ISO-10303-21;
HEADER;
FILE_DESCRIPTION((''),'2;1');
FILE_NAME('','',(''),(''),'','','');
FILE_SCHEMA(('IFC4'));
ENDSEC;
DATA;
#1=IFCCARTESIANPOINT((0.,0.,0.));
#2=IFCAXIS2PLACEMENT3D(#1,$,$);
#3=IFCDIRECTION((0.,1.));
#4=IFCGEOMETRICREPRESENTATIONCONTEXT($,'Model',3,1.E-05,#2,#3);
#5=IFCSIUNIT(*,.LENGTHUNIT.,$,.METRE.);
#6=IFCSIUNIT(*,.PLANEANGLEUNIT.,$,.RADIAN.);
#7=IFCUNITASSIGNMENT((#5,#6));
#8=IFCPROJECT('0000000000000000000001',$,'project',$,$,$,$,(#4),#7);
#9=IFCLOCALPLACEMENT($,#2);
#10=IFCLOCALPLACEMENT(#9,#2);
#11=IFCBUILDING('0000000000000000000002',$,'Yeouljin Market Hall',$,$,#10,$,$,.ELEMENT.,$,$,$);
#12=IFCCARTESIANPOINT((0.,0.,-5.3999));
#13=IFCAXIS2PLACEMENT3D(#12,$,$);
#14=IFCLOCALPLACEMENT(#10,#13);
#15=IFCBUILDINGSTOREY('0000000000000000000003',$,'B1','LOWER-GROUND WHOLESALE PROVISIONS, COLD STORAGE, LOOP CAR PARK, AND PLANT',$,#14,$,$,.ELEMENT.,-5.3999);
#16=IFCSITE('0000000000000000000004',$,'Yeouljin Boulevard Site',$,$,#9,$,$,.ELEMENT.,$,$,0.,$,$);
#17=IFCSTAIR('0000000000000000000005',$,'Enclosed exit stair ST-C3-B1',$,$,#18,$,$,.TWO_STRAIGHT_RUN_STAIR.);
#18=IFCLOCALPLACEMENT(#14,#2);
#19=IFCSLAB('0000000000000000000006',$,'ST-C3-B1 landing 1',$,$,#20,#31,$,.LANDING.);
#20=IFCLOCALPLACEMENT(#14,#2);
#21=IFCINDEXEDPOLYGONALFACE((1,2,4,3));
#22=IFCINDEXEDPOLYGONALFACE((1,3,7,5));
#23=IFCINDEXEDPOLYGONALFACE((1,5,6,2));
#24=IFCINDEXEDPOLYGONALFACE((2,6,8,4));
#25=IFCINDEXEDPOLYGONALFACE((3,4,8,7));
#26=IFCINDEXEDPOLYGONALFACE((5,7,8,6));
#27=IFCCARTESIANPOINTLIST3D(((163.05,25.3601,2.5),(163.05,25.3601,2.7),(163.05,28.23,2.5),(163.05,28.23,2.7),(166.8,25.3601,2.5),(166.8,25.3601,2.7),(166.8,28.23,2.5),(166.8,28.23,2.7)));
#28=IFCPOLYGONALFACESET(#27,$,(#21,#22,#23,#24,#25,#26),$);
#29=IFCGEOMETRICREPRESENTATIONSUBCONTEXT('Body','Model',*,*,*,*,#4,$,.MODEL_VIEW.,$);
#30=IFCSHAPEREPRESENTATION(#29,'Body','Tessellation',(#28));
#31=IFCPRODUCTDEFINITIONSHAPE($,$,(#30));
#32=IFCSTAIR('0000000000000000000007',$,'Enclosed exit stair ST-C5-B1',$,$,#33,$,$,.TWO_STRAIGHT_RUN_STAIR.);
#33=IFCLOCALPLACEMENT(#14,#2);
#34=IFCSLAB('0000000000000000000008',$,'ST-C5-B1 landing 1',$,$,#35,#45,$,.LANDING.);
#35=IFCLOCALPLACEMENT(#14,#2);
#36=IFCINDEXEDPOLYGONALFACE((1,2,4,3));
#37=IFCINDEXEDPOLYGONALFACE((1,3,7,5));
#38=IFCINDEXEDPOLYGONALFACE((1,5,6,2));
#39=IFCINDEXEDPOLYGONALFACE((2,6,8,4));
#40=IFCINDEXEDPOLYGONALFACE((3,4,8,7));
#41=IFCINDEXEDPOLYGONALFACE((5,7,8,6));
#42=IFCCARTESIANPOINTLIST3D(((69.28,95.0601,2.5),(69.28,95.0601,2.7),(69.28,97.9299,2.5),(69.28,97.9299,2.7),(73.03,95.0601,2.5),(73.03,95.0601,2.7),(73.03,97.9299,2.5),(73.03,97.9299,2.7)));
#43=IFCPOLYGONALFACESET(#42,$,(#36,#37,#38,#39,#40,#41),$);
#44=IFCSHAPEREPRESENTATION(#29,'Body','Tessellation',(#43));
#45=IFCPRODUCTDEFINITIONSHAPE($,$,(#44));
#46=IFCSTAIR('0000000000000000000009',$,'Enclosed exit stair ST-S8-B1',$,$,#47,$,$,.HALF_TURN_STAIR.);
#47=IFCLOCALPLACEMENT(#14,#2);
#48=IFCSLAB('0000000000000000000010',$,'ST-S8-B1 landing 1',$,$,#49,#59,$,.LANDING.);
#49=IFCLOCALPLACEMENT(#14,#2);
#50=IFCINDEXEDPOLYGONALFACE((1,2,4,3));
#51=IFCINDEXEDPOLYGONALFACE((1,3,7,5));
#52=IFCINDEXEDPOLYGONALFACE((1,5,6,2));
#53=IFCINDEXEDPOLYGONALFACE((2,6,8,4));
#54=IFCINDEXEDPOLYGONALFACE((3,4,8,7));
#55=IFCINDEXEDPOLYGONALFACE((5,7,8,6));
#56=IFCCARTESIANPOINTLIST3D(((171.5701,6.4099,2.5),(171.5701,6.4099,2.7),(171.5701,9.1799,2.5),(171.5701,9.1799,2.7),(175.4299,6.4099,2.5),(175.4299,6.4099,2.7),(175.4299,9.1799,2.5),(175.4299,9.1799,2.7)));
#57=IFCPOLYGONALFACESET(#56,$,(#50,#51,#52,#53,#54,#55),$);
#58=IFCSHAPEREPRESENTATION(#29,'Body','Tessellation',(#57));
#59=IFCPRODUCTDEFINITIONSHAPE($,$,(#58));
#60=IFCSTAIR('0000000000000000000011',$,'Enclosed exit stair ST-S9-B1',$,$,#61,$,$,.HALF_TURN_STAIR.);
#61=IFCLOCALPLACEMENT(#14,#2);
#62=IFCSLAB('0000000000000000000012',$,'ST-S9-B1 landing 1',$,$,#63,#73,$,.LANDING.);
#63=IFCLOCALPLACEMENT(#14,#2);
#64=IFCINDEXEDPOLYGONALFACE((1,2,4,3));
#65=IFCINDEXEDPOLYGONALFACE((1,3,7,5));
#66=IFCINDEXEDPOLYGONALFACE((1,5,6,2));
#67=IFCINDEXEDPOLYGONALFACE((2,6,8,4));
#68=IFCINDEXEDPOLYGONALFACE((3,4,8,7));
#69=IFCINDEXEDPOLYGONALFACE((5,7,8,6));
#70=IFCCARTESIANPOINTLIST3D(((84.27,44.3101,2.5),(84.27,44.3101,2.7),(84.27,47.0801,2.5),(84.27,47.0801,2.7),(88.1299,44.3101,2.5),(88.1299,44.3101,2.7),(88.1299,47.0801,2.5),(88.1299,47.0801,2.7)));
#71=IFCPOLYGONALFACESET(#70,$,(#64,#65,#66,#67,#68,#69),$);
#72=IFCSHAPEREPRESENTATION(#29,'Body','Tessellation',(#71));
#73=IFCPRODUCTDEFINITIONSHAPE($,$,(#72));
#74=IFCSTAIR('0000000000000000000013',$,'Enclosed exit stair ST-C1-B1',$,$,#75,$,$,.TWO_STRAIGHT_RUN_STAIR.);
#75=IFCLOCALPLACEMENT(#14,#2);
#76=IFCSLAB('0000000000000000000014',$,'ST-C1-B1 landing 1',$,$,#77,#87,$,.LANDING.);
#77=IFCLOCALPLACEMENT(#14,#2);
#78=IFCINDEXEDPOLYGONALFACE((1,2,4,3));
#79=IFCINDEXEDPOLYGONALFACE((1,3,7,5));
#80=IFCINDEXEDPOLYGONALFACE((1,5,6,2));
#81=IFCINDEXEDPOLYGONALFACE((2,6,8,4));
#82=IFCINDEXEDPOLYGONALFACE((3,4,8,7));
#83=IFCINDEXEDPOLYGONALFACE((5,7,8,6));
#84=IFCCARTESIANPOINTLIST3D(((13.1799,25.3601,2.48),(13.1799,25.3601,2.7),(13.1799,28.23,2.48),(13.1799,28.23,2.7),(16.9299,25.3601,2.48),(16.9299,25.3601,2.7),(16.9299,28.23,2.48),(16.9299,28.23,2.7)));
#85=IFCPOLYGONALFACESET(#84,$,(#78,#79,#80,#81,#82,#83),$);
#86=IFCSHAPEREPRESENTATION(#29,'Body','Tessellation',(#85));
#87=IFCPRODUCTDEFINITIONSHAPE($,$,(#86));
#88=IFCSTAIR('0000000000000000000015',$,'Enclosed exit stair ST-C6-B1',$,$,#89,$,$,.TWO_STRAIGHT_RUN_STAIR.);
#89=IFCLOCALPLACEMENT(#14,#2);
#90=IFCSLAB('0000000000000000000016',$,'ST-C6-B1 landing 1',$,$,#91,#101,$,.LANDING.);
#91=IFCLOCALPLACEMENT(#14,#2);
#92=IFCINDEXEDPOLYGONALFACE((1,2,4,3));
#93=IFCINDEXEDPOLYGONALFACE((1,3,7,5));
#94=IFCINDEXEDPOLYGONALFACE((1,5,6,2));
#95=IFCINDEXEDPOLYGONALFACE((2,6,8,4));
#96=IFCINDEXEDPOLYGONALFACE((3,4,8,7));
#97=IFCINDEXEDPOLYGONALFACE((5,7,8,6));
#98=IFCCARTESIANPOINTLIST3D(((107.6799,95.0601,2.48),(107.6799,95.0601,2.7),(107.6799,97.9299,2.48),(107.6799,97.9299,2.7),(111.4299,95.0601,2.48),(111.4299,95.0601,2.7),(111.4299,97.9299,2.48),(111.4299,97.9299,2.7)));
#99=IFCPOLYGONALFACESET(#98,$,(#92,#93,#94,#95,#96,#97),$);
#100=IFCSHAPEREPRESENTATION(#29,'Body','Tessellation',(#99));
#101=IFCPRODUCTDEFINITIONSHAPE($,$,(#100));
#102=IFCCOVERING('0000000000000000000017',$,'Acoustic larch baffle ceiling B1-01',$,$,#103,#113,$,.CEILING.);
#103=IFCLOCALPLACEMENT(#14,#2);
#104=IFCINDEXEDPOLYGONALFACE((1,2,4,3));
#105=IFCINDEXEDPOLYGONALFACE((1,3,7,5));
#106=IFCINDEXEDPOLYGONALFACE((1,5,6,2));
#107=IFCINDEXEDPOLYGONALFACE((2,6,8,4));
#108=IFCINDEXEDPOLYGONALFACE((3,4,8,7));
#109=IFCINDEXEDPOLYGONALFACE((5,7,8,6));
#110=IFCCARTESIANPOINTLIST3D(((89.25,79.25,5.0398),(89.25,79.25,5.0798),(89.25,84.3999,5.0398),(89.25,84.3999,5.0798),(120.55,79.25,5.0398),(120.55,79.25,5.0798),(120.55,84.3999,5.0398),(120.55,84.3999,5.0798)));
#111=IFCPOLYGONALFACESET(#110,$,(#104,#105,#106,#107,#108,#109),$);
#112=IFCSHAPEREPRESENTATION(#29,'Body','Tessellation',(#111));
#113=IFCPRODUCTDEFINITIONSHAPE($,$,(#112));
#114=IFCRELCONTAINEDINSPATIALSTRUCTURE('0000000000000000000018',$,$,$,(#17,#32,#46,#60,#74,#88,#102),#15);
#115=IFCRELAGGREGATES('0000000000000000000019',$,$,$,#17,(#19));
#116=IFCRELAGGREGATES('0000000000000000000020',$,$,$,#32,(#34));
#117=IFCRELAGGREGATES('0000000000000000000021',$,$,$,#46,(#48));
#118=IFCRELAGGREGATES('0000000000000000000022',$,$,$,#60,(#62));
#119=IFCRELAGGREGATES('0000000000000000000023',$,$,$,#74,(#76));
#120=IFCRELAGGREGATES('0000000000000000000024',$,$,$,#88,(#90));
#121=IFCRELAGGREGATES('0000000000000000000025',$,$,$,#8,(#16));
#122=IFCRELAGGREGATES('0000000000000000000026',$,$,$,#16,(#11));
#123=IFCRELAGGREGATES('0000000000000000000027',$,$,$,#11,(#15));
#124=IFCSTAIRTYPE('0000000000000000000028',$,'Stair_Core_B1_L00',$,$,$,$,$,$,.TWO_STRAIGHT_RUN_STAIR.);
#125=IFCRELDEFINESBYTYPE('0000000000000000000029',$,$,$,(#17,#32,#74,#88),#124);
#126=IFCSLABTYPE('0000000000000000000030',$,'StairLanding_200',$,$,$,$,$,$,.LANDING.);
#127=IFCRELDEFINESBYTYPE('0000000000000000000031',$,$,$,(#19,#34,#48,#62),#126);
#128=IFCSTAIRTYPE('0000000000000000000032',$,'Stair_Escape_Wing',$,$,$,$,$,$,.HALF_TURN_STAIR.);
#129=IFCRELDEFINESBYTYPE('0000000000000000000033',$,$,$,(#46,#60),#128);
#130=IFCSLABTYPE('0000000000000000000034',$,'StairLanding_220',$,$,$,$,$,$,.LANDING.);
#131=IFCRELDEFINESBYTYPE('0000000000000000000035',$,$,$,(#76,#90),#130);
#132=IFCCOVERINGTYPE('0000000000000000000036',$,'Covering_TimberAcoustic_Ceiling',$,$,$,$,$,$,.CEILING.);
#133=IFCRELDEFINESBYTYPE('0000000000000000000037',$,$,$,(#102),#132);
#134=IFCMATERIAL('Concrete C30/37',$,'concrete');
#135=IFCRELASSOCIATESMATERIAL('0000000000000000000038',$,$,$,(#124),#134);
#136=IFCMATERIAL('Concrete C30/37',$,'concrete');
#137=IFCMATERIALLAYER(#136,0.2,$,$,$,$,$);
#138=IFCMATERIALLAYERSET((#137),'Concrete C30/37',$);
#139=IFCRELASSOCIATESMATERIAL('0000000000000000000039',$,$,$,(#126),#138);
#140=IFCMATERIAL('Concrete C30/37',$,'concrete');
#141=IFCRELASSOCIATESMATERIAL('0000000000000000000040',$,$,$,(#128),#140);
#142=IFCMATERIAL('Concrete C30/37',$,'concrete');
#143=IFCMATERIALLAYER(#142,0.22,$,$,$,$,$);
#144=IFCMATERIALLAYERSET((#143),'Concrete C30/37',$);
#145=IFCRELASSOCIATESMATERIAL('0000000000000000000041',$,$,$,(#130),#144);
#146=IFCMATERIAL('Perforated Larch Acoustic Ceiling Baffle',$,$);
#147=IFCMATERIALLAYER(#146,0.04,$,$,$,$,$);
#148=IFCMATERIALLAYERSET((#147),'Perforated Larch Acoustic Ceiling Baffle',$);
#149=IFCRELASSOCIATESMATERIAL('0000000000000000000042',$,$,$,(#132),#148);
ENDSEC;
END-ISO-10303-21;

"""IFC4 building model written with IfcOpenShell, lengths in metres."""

from ifc_helpers import new_model, si_unit, direction, frame, origin, place, context, subcontext, project, spatial, polyline, outline, extrude, material, layer, layer_set, type_object, element, aggregate, save


model = new_model("IFC4")

# Units and contexts
model_context = context("Model", 3, precision=1e-05, world=origin(), true_north=direction((0.0, 1.0)))
body_context = subcontext(model_context, "Body", "Model", "MODEL_VIEW")
ifc_project = project(units=[si_unit("LENGTHUNIT", "METRE"), si_unit("PLANEANGLEUNIT", "RADIAN")], contexts=[model_context])

# Site, building, storey
site_placement = place(None, origin())
site = spatial("IfcSite", under=ifc_project, at=site_placement, Name="Yeouljin Boulevard Site", CompositionType="ELEMENT", RefElevation=0.0)
building_placement = place(site_placement, origin())
building = spatial("IfcBuilding", under=site, at=building_placement, Name="Yeouljin Market Hall", CompositionType="ELEMENT")
storey_placement = place(building_placement, frame((0.0, 0.0, -5.3999)))
storey = spatial("IfcBuildingStorey", under=building, at=storey_placement, Name="B1", Description="LOWER-GROUND WHOLESALE PROVISIONS, COLD STORAGE, LOOP CAR PARK, AND PLANT", CompositionType="ELEMENT", Elevation=-5.3999)

# Stairs, slabs
ifc_material_1 = material(Name="Concrete C30/37", Category="concrete")
stair_type_1 = type_object("IfcStairType", Name="Stair_Core_B1_L00", PredefinedType="TWO_STRAIGHT_RUN_STAIR", material=ifc_material_1)
stair_1_placement = place(storey_placement, origin())
stair_1 = element("IfcStair", 1, at=stair_1_placement, inside=storey, type_object=stair_type_1, Name="Enclosed exit stair ST-C3-B1", PredefinedType="TWO_STRAIGHT_RUN_STAIR")
ifc_material_2 = material(Name="Concrete C30/37", Category="concrete")
ifc_layer_1 = layer(ifc_material_2, 0.2)
ifc_layer_set_1 = layer_set([ifc_layer_1], Name="Concrete C30/37")
slab_type_1 = type_object("IfcSlabType", Name="StairLanding_200", PredefinedType="LANDING", material=ifc_layer_set_1)
slab_1_placement = place(storey_placement, frame((0.0, 0.0, 2.5)))
slab_1 = element("IfcSlab", 2, at=slab_1_placement, type_object=slab_type_1, Name="ST-C3-B1 landing 1", PredefinedType="LANDING", context=body_context, shape_type="SweptSolid", body=[
    extrude(outline(polyline([(163.05, 25.3601), (166.8, 25.3601), (166.8, 28.23), (163.05, 28.23), (163.05, 25.3601)])), origin(), (0.0, 0.0, 1.0), 0.2),
])
aggregate(stair_1, [slab_1])
stair_2_placement = place(storey_placement, origin())
stair_2 = element("IfcStair", 3, at=stair_2_placement, inside=storey, type_object=stair_type_1, Name="Enclosed exit stair ST-C5-B1", PredefinedType="TWO_STRAIGHT_RUN_STAIR")
slab_2_placement = place(storey_placement, frame((0.0, 0.0, 2.5)))
slab_2 = element("IfcSlab", 4, at=slab_2_placement, type_object=slab_type_1, Name="ST-C5-B1 landing 1", PredefinedType="LANDING", context=body_context, shape_type="SweptSolid", body=[
    extrude(outline(polyline([(69.28, 95.0601), (73.03, 95.0601), (73.03, 97.9299), (69.28, 97.9299), (69.28, 95.0601)])), origin(), (0.0, 0.0, 1.0), 0.2),
])
aggregate(stair_2, [slab_2])
ifc_material_3 = material(Name="Concrete C30/37", Category="concrete")
stair_type_2 = type_object("IfcStairType", Name="Stair_Escape_Wing", PredefinedType="HALF_TURN_STAIR", material=ifc_material_3)
stair_3_placement = place(storey_placement, origin())
stair_3 = element("IfcStair", 5, at=stair_3_placement, inside=storey, type_object=stair_type_2, Name="Enclosed exit stair ST-S8-B1", PredefinedType="HALF_TURN_STAIR")
slab_3_placement = place(storey_placement, frame((0.0, 0.0, 2.5)))
slab_3 = element("IfcSlab", 6, at=slab_3_placement, type_object=slab_type_1, Name="ST-S8-B1 landing 1", PredefinedType="LANDING", context=body_context, shape_type="SweptSolid", body=[
    extrude(outline(polyline([(171.5701, 6.4099), (175.4299, 6.4099), (175.4299, 9.1799), (171.5701, 9.1799), (171.5701, 6.4099)])), origin(), (0.0, 0.0, 1.0), 0.2),
])
aggregate(stair_3, [slab_3])
stair_4_placement = place(storey_placement, origin())
stair_4 = element("IfcStair", 7, at=stair_4_placement, inside=storey, type_object=stair_type_2, Name="Enclosed exit stair ST-S9-B1", PredefinedType="HALF_TURN_STAIR")
slab_4_placement = place(storey_placement, frame((0.0, 0.0, 2.5)))
slab_4 = element("IfcSlab", 8, at=slab_4_placement, type_object=slab_type_1, Name="ST-S9-B1 landing 1", PredefinedType="LANDING", context=body_context, shape_type="SweptSolid", body=[
    extrude(outline(polyline([(84.27, 44.3101), (88.1299, 44.3101), (88.1299, 47.0801), (84.27, 47.0801), (84.27, 44.3101)])), origin(), (0.0, 0.0, 1.0), 0.2),
])
aggregate(stair_4, [slab_4])
stair_5_placement = place(storey_placement, origin())
stair_5 = element("IfcStair", 9, at=stair_5_placement, inside=storey, type_object=stair_type_1, Name="Enclosed exit stair ST-C1-B1", PredefinedType="TWO_STRAIGHT_RUN_STAIR")
ifc_material_4 = material(Name="Concrete C30/37", Category="concrete")
ifc_layer_2 = layer(ifc_material_4, 0.22)
ifc_layer_set_2 = layer_set([ifc_layer_2], Name="Concrete C30/37")
slab_type_2 = type_object("IfcSlabType", Name="StairLanding_220", PredefinedType="LANDING", material=ifc_layer_set_2)
slab_5_placement = place(storey_placement, frame((0.0, 0.0, 2.48)))
slab_5 = element("IfcSlab", 10, at=slab_5_placement, type_object=slab_type_2, Name="ST-C1-B1 landing 1", PredefinedType="LANDING", context=body_context, shape_type="SweptSolid", body=[
    extrude(outline(polyline([(13.1799, 25.3601), (16.9299, 25.3601), (16.9299, 28.23), (13.1799, 28.23), (13.1799, 25.3601)])), origin(), (0.0, 0.0, 1.0), 0.22),
])
aggregate(stair_5, [slab_5])
stair_6_placement = place(storey_placement, origin())
stair_6 = element("IfcStair", 11, at=stair_6_placement, inside=storey, type_object=stair_type_1, Name="Enclosed exit stair ST-C6-B1", PredefinedType="TWO_STRAIGHT_RUN_STAIR")
slab_6_placement = place(storey_placement, frame((0.0, 0.0, 2.48)))
slab_6 = element("IfcSlab", 12, at=slab_6_placement, type_object=slab_type_2, Name="ST-C6-B1 landing 1", PredefinedType="LANDING", context=body_context, shape_type="SweptSolid", body=[
    extrude(outline(polyline([(107.6799, 95.0601), (111.4299, 95.0601), (111.4299, 97.9299), (107.6799, 97.9299), (107.6799, 95.0601)])), origin(), (0.0, 0.0, 1.0), 0.22),
])
aggregate(stair_6, [slab_6])

# Covering
ifc_material_5 = material(Name="Perforated Larch Acoustic Ceiling Baffle")
ifc_layer_3 = layer(ifc_material_5, 0.04)
ifc_layer_set_3 = layer_set([ifc_layer_3], Name="Perforated Larch Acoustic Ceiling Baffle")
covering_type = type_object("IfcCoveringType", Name="Covering_TimberAcoustic_Ceiling", PredefinedType="CEILING", material=ifc_layer_set_3)
covering_placement = place(storey_placement, frame((0.0, 0.0, 5.0398)))
element("IfcCovering", 13, at=covering_placement, inside=storey, type_object=covering_type, Name="Acoustic larch baffle ceiling B1-01", PredefinedType="CEILING", context=body_context, shape_type="SweptSolid", body=[
    extrude(outline(polyline([(120.55, 79.25), (120.55, 84.3999), (89.25, 84.3999), (89.25, 79.25), (120.55, 79.25)])), origin(), (0.0, 0.0, 1.0), 0.04),
])

save(model, "model.ifc")
